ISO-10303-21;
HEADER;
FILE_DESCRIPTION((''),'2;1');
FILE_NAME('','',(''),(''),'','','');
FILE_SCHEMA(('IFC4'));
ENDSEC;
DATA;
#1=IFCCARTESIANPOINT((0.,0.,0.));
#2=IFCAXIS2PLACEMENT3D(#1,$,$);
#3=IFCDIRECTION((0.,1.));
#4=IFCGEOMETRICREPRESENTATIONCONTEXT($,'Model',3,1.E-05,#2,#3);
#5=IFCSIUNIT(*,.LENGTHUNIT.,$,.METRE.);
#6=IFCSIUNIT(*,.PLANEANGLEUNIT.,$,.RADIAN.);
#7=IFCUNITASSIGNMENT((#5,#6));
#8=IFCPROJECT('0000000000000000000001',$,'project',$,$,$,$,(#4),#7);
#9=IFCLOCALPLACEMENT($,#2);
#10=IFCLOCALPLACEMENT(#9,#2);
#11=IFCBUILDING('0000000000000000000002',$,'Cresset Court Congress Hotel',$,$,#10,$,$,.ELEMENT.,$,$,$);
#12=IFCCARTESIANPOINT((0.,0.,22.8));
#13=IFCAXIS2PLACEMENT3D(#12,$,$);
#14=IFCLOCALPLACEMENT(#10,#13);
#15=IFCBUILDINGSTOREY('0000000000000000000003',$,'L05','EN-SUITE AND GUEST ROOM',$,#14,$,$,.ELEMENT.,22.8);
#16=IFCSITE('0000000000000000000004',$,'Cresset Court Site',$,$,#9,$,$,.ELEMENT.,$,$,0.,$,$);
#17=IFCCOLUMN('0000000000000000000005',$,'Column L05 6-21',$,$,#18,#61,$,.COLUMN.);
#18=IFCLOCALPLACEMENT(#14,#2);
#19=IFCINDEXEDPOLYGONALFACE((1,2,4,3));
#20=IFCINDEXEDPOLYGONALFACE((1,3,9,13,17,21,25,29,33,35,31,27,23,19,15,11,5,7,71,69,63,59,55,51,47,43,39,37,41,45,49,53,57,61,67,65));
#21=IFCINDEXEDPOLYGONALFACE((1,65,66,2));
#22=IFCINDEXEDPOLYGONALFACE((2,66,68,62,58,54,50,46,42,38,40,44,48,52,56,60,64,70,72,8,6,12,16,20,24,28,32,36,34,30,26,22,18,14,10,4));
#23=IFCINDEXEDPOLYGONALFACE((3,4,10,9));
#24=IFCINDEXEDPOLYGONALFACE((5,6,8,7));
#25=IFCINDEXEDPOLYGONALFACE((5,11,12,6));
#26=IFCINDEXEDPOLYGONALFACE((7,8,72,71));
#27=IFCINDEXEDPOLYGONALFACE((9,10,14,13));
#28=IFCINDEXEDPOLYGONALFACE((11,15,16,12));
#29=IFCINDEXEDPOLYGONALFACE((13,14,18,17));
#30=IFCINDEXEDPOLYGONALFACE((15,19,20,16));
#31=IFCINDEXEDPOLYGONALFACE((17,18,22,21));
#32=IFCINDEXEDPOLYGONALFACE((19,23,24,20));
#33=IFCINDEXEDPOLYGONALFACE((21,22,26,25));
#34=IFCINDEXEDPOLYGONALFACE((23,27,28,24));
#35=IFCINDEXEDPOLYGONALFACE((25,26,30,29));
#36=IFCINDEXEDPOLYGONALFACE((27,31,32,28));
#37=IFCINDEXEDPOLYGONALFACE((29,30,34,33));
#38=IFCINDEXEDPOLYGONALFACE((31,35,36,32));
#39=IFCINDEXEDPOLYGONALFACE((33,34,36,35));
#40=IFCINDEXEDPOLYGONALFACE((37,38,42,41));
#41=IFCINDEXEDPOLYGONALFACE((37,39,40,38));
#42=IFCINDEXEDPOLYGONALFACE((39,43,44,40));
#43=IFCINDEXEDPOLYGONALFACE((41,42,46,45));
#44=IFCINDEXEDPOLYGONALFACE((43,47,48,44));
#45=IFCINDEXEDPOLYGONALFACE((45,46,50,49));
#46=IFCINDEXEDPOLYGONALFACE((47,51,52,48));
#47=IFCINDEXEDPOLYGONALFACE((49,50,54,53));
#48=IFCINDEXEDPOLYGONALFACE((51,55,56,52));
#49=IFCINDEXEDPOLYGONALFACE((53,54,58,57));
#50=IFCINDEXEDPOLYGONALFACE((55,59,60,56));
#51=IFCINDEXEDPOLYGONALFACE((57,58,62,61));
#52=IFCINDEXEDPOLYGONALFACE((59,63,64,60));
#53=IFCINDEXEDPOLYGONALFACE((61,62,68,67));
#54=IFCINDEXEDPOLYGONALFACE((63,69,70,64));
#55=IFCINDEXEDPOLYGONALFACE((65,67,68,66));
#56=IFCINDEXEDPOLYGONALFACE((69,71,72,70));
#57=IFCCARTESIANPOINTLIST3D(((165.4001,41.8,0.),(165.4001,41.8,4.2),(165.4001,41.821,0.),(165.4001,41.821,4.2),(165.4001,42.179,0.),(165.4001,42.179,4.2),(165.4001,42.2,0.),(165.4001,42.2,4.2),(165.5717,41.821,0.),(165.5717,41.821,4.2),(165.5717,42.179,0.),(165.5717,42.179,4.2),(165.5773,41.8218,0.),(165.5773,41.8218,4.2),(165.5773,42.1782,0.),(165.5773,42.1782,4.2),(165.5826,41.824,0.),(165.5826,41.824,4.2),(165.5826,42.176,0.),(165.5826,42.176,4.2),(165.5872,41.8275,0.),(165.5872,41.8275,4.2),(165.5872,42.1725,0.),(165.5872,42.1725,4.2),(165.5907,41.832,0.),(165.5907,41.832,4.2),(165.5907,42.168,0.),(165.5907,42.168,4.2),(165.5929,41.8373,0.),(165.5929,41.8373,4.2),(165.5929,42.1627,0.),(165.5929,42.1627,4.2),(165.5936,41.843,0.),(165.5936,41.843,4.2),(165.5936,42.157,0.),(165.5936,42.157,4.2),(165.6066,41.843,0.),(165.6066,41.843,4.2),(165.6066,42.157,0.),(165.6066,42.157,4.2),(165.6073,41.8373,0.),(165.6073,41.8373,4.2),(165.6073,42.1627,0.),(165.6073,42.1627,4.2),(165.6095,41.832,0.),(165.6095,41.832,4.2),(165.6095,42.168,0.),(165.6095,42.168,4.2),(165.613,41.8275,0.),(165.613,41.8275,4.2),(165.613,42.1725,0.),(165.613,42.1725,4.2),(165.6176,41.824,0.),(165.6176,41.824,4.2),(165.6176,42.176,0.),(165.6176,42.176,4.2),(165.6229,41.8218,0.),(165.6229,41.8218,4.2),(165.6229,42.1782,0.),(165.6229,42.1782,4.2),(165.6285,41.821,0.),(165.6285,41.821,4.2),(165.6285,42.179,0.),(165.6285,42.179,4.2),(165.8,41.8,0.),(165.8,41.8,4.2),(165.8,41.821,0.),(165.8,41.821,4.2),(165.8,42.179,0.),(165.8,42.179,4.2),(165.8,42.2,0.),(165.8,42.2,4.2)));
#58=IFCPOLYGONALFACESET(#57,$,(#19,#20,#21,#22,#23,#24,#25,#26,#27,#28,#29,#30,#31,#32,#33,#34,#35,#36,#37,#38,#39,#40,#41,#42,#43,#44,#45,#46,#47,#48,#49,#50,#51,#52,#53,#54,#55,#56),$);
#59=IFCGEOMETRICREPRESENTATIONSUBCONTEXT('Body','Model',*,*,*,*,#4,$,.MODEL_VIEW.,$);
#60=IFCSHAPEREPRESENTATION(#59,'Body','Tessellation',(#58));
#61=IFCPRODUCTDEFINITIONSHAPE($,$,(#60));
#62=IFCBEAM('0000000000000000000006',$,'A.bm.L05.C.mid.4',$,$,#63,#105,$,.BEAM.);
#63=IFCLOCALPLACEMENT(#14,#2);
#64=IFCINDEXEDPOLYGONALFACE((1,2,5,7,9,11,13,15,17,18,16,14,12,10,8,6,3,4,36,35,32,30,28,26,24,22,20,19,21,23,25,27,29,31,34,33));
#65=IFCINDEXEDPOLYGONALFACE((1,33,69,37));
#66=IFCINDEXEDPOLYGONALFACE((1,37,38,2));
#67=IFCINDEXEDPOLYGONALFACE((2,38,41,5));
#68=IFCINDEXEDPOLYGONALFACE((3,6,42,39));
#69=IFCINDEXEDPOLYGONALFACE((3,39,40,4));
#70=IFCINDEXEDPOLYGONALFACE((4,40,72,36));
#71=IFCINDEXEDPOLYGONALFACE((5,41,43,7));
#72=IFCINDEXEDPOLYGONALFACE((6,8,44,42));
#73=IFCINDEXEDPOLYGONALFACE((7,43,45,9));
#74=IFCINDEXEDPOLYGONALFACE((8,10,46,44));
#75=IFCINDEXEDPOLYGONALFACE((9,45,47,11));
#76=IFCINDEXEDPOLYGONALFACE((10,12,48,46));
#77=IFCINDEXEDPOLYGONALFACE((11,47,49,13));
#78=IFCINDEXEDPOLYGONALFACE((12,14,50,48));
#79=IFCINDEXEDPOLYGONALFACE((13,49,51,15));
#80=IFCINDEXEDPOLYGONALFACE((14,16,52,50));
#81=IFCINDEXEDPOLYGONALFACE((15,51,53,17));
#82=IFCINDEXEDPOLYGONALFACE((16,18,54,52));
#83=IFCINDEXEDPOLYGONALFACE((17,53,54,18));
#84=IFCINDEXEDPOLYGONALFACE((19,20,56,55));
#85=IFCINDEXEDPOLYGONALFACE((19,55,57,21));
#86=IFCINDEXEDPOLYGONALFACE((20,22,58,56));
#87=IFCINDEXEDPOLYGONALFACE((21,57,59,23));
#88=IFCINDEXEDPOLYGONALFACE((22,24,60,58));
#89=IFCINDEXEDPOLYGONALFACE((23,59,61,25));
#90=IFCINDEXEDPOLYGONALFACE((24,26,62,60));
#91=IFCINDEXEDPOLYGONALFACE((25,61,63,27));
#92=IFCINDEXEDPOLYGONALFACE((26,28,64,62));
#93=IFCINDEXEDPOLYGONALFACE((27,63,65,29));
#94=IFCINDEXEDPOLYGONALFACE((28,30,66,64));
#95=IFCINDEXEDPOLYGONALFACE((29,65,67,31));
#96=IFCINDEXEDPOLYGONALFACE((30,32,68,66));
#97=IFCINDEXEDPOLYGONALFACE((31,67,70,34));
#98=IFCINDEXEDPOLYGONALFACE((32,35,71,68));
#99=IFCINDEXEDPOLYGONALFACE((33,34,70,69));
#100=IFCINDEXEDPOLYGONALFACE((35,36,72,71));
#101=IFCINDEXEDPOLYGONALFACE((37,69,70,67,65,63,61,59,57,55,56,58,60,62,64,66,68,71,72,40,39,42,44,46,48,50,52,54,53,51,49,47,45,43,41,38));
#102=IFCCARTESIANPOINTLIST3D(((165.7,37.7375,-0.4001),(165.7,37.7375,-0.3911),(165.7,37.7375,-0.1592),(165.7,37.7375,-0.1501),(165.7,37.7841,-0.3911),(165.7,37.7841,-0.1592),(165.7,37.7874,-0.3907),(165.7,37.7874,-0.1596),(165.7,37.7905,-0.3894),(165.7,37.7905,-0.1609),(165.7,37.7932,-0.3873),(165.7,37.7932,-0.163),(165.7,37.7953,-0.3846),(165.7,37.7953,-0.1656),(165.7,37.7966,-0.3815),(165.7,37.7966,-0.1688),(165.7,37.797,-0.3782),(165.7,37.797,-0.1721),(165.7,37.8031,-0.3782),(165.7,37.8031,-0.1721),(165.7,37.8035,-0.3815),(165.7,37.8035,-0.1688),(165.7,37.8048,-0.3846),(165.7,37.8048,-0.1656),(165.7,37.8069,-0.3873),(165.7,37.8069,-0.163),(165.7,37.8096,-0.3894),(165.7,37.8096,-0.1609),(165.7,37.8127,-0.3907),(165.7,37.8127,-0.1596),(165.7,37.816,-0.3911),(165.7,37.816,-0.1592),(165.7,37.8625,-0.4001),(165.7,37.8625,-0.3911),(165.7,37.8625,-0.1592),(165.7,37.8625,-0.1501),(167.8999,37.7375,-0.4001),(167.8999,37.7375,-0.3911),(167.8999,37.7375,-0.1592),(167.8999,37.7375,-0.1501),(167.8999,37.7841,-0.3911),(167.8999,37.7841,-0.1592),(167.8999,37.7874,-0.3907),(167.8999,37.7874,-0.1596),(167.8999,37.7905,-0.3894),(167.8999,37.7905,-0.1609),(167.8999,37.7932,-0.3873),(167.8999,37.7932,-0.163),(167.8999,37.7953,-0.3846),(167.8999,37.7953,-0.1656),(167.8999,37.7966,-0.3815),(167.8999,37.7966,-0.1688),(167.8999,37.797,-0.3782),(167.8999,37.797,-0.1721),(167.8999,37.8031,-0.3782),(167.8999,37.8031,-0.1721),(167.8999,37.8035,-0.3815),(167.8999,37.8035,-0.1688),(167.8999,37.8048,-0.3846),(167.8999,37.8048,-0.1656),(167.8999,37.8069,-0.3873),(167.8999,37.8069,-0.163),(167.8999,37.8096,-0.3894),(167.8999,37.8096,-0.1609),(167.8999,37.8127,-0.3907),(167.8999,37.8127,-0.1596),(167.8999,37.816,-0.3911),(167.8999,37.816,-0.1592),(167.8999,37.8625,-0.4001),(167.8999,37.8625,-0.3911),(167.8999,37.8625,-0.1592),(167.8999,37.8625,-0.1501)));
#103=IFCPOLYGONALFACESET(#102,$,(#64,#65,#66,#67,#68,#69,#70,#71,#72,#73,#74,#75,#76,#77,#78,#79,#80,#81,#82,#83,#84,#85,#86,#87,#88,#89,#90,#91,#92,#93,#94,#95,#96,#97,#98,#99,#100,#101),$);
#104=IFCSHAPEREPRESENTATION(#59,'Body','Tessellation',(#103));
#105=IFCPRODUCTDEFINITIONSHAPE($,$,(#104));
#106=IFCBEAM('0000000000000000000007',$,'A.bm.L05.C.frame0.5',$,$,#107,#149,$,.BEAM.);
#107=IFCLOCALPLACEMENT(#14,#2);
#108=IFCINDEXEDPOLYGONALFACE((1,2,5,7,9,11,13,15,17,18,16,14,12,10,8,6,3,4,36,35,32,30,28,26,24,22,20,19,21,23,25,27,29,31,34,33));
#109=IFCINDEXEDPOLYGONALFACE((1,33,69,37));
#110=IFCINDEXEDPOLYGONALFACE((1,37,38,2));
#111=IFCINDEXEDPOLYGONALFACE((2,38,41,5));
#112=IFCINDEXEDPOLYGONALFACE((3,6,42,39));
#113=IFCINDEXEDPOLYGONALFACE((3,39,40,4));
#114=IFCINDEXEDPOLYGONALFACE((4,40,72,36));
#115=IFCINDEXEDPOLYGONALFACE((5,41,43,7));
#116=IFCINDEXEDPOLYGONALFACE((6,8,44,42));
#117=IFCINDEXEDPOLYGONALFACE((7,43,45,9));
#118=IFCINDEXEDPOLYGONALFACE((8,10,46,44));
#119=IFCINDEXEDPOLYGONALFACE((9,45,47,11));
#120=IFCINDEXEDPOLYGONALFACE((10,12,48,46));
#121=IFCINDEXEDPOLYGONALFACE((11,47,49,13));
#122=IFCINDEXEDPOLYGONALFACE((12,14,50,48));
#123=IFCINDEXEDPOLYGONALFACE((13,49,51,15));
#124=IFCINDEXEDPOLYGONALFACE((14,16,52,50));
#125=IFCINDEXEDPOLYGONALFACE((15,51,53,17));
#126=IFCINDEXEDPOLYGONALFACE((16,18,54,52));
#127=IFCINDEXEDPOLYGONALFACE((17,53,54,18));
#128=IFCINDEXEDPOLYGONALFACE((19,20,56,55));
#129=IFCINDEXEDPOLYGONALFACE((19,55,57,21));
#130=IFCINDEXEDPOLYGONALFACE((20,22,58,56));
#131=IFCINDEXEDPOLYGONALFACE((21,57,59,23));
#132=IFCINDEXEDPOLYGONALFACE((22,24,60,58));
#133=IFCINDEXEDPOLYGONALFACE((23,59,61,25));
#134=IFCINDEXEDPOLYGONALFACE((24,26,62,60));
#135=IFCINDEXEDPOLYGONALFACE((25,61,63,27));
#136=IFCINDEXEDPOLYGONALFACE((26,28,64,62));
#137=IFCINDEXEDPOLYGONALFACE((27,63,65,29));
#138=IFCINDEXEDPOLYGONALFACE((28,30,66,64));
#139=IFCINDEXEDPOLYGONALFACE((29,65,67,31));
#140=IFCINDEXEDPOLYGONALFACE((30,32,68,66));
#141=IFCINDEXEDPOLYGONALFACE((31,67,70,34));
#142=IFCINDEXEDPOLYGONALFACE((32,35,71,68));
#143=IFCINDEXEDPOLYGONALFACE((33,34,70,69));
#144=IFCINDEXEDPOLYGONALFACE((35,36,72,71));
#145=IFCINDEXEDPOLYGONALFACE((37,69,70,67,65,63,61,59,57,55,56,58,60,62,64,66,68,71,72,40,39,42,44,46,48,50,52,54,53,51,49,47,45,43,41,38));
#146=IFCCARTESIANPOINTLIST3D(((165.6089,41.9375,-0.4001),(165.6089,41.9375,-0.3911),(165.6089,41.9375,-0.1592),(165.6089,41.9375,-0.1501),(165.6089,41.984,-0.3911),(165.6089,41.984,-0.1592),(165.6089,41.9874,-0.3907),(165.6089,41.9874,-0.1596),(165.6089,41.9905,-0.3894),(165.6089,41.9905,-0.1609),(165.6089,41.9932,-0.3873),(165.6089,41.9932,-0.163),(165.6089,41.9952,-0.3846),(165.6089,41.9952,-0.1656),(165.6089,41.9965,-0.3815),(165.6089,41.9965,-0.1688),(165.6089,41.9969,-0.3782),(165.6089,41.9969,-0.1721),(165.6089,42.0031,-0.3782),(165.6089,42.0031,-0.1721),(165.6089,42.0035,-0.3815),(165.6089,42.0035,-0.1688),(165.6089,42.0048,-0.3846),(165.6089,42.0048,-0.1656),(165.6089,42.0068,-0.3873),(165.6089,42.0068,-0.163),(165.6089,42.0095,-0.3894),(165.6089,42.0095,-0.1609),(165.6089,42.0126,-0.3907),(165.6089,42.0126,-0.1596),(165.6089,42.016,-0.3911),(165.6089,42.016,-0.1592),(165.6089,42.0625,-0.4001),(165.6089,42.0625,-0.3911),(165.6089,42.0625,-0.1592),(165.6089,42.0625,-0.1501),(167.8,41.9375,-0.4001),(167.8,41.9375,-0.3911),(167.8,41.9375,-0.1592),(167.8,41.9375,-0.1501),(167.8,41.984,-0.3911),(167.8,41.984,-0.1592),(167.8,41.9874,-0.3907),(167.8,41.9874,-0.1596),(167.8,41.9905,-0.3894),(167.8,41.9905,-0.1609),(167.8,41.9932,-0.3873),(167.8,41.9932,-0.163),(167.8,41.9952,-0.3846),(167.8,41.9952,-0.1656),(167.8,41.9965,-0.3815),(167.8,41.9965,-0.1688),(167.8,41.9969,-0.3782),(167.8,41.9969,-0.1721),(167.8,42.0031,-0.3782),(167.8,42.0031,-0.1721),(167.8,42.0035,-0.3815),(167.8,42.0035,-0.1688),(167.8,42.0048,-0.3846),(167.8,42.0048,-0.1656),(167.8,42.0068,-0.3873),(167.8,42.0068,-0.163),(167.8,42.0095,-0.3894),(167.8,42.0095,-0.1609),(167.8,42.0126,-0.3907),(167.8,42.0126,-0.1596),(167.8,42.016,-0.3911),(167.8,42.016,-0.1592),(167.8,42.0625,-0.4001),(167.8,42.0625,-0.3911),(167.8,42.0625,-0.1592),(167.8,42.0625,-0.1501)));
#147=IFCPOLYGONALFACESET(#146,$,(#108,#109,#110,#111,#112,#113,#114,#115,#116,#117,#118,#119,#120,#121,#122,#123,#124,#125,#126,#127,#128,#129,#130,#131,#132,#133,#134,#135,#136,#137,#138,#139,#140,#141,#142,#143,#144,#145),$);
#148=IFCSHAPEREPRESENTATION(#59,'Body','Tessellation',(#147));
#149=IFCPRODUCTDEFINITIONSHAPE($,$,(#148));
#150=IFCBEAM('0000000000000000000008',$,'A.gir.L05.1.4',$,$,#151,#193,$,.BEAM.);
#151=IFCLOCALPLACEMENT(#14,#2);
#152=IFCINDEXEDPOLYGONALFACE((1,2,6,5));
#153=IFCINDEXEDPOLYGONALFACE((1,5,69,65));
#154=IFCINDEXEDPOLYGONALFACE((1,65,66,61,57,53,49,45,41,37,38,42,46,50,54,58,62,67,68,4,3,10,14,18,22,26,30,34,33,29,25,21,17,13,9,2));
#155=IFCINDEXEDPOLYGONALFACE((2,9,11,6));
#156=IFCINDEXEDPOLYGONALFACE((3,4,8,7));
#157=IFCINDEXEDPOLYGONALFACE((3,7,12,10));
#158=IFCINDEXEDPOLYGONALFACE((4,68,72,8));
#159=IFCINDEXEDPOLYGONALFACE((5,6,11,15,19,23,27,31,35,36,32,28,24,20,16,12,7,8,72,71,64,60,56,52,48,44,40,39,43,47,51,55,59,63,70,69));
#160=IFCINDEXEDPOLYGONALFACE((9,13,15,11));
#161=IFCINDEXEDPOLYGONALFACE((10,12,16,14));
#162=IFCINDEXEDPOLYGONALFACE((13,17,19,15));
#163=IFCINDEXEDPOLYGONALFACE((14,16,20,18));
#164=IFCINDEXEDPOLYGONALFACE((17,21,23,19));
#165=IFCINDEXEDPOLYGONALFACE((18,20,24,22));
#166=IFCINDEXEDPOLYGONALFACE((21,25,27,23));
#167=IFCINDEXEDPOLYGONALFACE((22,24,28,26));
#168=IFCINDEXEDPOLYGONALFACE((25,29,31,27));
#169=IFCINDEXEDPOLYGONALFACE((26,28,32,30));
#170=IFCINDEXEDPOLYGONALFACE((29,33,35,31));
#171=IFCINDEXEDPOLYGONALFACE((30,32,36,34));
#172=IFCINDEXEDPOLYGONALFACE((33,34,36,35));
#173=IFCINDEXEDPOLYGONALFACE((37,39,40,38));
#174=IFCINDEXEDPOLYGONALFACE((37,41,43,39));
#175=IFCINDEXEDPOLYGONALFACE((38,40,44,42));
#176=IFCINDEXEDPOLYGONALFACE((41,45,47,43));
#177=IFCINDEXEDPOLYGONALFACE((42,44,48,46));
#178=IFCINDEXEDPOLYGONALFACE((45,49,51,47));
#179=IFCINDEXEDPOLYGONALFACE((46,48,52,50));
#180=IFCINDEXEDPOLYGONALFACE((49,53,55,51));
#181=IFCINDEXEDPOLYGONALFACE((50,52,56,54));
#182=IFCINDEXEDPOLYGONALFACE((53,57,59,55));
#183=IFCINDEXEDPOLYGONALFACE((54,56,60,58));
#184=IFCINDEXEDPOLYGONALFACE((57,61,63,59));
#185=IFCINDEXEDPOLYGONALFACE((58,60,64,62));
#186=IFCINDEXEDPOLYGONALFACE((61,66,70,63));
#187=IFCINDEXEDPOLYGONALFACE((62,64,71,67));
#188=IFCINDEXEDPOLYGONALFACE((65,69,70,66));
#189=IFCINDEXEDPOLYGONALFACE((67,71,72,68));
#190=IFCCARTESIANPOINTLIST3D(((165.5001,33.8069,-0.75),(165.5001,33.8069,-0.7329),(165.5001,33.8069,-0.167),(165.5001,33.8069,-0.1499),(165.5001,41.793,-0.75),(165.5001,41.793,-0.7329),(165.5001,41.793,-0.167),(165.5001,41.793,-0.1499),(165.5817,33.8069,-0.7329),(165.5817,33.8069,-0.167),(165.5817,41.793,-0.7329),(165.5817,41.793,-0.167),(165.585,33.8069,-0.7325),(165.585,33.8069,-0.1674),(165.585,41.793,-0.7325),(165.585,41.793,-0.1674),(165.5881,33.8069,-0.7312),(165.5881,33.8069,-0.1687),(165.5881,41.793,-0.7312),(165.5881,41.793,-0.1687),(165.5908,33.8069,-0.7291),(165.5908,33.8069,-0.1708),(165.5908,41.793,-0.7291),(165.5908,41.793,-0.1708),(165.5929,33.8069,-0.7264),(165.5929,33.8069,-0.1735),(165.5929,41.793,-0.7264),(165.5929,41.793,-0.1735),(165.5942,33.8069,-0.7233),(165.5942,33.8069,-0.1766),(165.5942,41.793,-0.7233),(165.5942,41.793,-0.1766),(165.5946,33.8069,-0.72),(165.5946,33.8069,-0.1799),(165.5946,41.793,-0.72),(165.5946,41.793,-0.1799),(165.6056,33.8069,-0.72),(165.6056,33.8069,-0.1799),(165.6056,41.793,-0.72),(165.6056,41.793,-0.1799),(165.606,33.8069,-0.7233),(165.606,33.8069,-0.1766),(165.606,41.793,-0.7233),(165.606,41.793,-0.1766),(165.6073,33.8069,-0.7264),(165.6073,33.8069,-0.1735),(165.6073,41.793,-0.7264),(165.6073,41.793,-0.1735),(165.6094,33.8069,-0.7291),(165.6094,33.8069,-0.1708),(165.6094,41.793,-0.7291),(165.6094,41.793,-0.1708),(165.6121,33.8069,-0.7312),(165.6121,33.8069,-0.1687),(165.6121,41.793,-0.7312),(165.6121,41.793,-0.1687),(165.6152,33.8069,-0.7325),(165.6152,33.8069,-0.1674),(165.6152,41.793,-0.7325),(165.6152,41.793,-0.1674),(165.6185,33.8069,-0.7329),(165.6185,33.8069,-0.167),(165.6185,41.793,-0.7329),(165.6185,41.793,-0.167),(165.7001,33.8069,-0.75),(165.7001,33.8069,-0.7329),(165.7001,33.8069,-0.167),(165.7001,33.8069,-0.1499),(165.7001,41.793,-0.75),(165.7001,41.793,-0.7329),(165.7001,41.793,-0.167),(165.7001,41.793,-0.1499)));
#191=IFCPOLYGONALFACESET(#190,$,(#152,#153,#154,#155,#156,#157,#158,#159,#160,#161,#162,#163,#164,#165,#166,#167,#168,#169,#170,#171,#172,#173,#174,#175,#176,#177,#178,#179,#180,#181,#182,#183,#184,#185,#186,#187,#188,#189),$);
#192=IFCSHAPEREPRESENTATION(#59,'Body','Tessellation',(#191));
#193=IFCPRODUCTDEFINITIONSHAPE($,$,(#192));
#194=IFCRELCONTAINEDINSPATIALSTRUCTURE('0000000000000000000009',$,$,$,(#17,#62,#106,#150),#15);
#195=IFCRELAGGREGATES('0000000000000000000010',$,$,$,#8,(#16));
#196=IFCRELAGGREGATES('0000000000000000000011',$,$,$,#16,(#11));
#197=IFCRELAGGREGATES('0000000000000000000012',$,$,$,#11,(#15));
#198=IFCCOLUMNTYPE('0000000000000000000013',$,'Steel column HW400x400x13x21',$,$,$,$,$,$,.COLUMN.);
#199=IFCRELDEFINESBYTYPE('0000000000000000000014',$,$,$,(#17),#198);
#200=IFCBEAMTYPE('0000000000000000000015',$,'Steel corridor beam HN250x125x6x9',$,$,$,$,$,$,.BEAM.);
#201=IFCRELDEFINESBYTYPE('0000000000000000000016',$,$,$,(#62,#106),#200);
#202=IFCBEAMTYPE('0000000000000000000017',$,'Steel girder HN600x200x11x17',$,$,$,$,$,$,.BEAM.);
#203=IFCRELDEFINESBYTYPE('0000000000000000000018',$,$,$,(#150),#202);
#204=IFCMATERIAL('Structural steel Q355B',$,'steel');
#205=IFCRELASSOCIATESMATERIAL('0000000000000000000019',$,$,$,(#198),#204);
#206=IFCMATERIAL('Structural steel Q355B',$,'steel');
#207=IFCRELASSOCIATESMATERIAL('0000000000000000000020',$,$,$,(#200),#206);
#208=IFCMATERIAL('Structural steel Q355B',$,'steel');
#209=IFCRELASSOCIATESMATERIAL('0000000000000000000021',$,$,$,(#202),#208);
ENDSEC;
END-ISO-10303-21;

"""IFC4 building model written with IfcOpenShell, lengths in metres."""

from ifc_helpers import new_model, si_unit, direction, frame, origin, origin_2d, place, context, subcontext, project, spatial, i_section, extrude, material, material_profile, profile_set, type_object, element, save


model = new_model("IFC4")

# Units and contexts
model_context = context("Model", 3, precision=1e-05, world=origin(), true_north=direction((0.0, 1.0)))
body_context = subcontext(model_context, "Body", "Model", "MODEL_VIEW")
ifc_project = project(units=[si_unit("LENGTHUNIT", "METRE"), si_unit("PLANEANGLEUNIT", "RADIAN")], contexts=[model_context])

# Site, building, storey
site_placement = place(None, origin())
site = spatial("IfcSite", under=ifc_project, at=site_placement, Name="Cresset Court Site", CompositionType="ELEMENT", RefElevation=0.0)
building_placement = place(site_placement, origin())
building = spatial("IfcBuilding", under=site, at=building_placement, Name="Cresset Court Congress Hotel", CompositionType="ELEMENT")
storey_placement = place(building_placement, frame((0.0, 0.0, 22.8)))
storey = spatial("IfcBuildingStorey", under=building, at=storey_placement, Name="L05", Description="EN-SUITE AND GUEST ROOM", CompositionType="ELEMENT", Elevation=22.8)

# Column
ifc_material_1 = material(Name="Structural steel Q355B", Category="steel")
ifc_material_profile_1 = material_profile(ifc_material_1, i_section(OverallWidth=0.3999, OverallDepth=0.3999, WebThickness=0.0129, FlangeThickness=0.021, FilletRadius=0.022, at=origin_2d()), Name="HW400x400x13x21")
ifc_profile_set_1 = profile_set([ifc_material_profile_1], Name="Structural steel Q355B")
column_type = type_object("IfcColumnType", Name="Steel column HW400x400x13x21", PredefinedType="COLUMN", material=ifc_profile_set_1)
column_placement = place(storey_placement, frame((165.6001, 42.0, 0.0), z_axis=(0.0, 0.0, 1.0), x_axis=(1.0, 0.0, 0.0)))
element("IfcColumn", 1, at=column_placement, inside=storey, type_object=column_type, Name="Column L05 6-21", PredefinedType="COLUMN", context=body_context, shape_type="SweptSolid", body=[
    extrude(i_section(OverallWidth=0.3999, OverallDepth=0.3999, WebThickness=0.0129, FlangeThickness=0.021, FilletRadius=0.022, at=origin_2d()), origin(), (0.0, 0.0, 1.0), 4.2),
])

# Beams
ifc_material_2 = material(Name="Structural steel Q355B", Category="steel")
ifc_material_profile_2 = material_profile(ifc_material_2, i_section(OverallWidth=0.125, OverallDepth=0.25, WebThickness=0.0061, FlangeThickness=0.009, FilletRadius=0.0129, at=origin_2d()), Name="HN250x125x6x9")
ifc_profile_set_2 = profile_set([ifc_material_profile_2], Name="Structural steel Q355B")
beam_type_1 = type_object("IfcBeamType", Name="Steel corridor beam HN250x125x6x9", PredefinedType="BEAM", material=ifc_profile_set_2)
beam_1_placement = place(storey_placement, frame((165.7, 37.8, -0.2751), z_axis=(1.0, 0.0, 0.0), x_axis=(0.0, 1.0, 0.0)))
element("IfcBeam", 2, at=beam_1_placement, inside=storey, type_object=beam_type_1, Name="A.bm.L05.C.mid.4", PredefinedType="BEAM", context=body_context, shape_type="SweptSolid", body=[
    extrude(i_section(OverallWidth=0.125, OverallDepth=0.25, WebThickness=0.0061, FlangeThickness=0.009, FilletRadius=0.0129, at=origin_2d()), origin(), (0.0, 0.0, 1.0), 2.2),
])
beam_2_placement = place(storey_placement, frame((165.6089, 42.0, -0.2751), z_axis=(1.0, 0.0, 0.0), x_axis=(0.0, 1.0, 0.0)))
element("IfcBeam", 3, at=beam_2_placement, inside=storey, type_object=beam_type_1, Name="A.bm.L05.C.frame0.5", PredefinedType="BEAM", context=body_context, shape_type="SweptSolid", body=[
    extrude(i_section(OverallWidth=0.125, OverallDepth=0.25, WebThickness=0.0061, FlangeThickness=0.009, FilletRadius=0.0129, at=origin_2d()), origin(), (0.0, 0.0, 1.0), 2.1912),
])
ifc_material_3 = material(Name="Structural steel Q355B", Category="steel")
ifc_material_profile_3 = material_profile(ifc_material_3, i_section(OverallWidth=0.2, OverallDepth=0.6001, WebThickness=0.011, FlangeThickness=0.0171, FilletRadius=0.0129, at=origin_2d()), Name="HN600x200x11x17")
ifc_profile_set_3 = profile_set([ifc_material_profile_3], Name="Structural steel Q355B")
beam_type_2 = type_object("IfcBeamType", Name="Steel girder HN600x200x11x17", PredefinedType="BEAM", material=ifc_profile_set_3)
for number, where, z_axis, x_axis, name in (
    (4, (165.6001, 33.8069, -0.45), (0.0, 1.0, 0.0), (-1.0, 0.0, 0.0), "A.gir.L05.1.4"),
):
    element("IfcBeam", number, at=place(storey_placement, frame(where, z_axis=z_axis, x_axis=x_axis)), inside=storey, type_object=beam_type_2, Name=name, PredefinedType="BEAM", context=body_context, shape_type="SweptSolid", body=[
        extrude(i_section(OverallWidth=0.2, OverallDepth=0.6001, WebThickness=0.011, FlangeThickness=0.0171, FilletRadius=0.0129, at=origin_2d()), origin(), (0.0, 0.0, 1.0), 7.9861),
    ])

save(model, "model.ifc")
